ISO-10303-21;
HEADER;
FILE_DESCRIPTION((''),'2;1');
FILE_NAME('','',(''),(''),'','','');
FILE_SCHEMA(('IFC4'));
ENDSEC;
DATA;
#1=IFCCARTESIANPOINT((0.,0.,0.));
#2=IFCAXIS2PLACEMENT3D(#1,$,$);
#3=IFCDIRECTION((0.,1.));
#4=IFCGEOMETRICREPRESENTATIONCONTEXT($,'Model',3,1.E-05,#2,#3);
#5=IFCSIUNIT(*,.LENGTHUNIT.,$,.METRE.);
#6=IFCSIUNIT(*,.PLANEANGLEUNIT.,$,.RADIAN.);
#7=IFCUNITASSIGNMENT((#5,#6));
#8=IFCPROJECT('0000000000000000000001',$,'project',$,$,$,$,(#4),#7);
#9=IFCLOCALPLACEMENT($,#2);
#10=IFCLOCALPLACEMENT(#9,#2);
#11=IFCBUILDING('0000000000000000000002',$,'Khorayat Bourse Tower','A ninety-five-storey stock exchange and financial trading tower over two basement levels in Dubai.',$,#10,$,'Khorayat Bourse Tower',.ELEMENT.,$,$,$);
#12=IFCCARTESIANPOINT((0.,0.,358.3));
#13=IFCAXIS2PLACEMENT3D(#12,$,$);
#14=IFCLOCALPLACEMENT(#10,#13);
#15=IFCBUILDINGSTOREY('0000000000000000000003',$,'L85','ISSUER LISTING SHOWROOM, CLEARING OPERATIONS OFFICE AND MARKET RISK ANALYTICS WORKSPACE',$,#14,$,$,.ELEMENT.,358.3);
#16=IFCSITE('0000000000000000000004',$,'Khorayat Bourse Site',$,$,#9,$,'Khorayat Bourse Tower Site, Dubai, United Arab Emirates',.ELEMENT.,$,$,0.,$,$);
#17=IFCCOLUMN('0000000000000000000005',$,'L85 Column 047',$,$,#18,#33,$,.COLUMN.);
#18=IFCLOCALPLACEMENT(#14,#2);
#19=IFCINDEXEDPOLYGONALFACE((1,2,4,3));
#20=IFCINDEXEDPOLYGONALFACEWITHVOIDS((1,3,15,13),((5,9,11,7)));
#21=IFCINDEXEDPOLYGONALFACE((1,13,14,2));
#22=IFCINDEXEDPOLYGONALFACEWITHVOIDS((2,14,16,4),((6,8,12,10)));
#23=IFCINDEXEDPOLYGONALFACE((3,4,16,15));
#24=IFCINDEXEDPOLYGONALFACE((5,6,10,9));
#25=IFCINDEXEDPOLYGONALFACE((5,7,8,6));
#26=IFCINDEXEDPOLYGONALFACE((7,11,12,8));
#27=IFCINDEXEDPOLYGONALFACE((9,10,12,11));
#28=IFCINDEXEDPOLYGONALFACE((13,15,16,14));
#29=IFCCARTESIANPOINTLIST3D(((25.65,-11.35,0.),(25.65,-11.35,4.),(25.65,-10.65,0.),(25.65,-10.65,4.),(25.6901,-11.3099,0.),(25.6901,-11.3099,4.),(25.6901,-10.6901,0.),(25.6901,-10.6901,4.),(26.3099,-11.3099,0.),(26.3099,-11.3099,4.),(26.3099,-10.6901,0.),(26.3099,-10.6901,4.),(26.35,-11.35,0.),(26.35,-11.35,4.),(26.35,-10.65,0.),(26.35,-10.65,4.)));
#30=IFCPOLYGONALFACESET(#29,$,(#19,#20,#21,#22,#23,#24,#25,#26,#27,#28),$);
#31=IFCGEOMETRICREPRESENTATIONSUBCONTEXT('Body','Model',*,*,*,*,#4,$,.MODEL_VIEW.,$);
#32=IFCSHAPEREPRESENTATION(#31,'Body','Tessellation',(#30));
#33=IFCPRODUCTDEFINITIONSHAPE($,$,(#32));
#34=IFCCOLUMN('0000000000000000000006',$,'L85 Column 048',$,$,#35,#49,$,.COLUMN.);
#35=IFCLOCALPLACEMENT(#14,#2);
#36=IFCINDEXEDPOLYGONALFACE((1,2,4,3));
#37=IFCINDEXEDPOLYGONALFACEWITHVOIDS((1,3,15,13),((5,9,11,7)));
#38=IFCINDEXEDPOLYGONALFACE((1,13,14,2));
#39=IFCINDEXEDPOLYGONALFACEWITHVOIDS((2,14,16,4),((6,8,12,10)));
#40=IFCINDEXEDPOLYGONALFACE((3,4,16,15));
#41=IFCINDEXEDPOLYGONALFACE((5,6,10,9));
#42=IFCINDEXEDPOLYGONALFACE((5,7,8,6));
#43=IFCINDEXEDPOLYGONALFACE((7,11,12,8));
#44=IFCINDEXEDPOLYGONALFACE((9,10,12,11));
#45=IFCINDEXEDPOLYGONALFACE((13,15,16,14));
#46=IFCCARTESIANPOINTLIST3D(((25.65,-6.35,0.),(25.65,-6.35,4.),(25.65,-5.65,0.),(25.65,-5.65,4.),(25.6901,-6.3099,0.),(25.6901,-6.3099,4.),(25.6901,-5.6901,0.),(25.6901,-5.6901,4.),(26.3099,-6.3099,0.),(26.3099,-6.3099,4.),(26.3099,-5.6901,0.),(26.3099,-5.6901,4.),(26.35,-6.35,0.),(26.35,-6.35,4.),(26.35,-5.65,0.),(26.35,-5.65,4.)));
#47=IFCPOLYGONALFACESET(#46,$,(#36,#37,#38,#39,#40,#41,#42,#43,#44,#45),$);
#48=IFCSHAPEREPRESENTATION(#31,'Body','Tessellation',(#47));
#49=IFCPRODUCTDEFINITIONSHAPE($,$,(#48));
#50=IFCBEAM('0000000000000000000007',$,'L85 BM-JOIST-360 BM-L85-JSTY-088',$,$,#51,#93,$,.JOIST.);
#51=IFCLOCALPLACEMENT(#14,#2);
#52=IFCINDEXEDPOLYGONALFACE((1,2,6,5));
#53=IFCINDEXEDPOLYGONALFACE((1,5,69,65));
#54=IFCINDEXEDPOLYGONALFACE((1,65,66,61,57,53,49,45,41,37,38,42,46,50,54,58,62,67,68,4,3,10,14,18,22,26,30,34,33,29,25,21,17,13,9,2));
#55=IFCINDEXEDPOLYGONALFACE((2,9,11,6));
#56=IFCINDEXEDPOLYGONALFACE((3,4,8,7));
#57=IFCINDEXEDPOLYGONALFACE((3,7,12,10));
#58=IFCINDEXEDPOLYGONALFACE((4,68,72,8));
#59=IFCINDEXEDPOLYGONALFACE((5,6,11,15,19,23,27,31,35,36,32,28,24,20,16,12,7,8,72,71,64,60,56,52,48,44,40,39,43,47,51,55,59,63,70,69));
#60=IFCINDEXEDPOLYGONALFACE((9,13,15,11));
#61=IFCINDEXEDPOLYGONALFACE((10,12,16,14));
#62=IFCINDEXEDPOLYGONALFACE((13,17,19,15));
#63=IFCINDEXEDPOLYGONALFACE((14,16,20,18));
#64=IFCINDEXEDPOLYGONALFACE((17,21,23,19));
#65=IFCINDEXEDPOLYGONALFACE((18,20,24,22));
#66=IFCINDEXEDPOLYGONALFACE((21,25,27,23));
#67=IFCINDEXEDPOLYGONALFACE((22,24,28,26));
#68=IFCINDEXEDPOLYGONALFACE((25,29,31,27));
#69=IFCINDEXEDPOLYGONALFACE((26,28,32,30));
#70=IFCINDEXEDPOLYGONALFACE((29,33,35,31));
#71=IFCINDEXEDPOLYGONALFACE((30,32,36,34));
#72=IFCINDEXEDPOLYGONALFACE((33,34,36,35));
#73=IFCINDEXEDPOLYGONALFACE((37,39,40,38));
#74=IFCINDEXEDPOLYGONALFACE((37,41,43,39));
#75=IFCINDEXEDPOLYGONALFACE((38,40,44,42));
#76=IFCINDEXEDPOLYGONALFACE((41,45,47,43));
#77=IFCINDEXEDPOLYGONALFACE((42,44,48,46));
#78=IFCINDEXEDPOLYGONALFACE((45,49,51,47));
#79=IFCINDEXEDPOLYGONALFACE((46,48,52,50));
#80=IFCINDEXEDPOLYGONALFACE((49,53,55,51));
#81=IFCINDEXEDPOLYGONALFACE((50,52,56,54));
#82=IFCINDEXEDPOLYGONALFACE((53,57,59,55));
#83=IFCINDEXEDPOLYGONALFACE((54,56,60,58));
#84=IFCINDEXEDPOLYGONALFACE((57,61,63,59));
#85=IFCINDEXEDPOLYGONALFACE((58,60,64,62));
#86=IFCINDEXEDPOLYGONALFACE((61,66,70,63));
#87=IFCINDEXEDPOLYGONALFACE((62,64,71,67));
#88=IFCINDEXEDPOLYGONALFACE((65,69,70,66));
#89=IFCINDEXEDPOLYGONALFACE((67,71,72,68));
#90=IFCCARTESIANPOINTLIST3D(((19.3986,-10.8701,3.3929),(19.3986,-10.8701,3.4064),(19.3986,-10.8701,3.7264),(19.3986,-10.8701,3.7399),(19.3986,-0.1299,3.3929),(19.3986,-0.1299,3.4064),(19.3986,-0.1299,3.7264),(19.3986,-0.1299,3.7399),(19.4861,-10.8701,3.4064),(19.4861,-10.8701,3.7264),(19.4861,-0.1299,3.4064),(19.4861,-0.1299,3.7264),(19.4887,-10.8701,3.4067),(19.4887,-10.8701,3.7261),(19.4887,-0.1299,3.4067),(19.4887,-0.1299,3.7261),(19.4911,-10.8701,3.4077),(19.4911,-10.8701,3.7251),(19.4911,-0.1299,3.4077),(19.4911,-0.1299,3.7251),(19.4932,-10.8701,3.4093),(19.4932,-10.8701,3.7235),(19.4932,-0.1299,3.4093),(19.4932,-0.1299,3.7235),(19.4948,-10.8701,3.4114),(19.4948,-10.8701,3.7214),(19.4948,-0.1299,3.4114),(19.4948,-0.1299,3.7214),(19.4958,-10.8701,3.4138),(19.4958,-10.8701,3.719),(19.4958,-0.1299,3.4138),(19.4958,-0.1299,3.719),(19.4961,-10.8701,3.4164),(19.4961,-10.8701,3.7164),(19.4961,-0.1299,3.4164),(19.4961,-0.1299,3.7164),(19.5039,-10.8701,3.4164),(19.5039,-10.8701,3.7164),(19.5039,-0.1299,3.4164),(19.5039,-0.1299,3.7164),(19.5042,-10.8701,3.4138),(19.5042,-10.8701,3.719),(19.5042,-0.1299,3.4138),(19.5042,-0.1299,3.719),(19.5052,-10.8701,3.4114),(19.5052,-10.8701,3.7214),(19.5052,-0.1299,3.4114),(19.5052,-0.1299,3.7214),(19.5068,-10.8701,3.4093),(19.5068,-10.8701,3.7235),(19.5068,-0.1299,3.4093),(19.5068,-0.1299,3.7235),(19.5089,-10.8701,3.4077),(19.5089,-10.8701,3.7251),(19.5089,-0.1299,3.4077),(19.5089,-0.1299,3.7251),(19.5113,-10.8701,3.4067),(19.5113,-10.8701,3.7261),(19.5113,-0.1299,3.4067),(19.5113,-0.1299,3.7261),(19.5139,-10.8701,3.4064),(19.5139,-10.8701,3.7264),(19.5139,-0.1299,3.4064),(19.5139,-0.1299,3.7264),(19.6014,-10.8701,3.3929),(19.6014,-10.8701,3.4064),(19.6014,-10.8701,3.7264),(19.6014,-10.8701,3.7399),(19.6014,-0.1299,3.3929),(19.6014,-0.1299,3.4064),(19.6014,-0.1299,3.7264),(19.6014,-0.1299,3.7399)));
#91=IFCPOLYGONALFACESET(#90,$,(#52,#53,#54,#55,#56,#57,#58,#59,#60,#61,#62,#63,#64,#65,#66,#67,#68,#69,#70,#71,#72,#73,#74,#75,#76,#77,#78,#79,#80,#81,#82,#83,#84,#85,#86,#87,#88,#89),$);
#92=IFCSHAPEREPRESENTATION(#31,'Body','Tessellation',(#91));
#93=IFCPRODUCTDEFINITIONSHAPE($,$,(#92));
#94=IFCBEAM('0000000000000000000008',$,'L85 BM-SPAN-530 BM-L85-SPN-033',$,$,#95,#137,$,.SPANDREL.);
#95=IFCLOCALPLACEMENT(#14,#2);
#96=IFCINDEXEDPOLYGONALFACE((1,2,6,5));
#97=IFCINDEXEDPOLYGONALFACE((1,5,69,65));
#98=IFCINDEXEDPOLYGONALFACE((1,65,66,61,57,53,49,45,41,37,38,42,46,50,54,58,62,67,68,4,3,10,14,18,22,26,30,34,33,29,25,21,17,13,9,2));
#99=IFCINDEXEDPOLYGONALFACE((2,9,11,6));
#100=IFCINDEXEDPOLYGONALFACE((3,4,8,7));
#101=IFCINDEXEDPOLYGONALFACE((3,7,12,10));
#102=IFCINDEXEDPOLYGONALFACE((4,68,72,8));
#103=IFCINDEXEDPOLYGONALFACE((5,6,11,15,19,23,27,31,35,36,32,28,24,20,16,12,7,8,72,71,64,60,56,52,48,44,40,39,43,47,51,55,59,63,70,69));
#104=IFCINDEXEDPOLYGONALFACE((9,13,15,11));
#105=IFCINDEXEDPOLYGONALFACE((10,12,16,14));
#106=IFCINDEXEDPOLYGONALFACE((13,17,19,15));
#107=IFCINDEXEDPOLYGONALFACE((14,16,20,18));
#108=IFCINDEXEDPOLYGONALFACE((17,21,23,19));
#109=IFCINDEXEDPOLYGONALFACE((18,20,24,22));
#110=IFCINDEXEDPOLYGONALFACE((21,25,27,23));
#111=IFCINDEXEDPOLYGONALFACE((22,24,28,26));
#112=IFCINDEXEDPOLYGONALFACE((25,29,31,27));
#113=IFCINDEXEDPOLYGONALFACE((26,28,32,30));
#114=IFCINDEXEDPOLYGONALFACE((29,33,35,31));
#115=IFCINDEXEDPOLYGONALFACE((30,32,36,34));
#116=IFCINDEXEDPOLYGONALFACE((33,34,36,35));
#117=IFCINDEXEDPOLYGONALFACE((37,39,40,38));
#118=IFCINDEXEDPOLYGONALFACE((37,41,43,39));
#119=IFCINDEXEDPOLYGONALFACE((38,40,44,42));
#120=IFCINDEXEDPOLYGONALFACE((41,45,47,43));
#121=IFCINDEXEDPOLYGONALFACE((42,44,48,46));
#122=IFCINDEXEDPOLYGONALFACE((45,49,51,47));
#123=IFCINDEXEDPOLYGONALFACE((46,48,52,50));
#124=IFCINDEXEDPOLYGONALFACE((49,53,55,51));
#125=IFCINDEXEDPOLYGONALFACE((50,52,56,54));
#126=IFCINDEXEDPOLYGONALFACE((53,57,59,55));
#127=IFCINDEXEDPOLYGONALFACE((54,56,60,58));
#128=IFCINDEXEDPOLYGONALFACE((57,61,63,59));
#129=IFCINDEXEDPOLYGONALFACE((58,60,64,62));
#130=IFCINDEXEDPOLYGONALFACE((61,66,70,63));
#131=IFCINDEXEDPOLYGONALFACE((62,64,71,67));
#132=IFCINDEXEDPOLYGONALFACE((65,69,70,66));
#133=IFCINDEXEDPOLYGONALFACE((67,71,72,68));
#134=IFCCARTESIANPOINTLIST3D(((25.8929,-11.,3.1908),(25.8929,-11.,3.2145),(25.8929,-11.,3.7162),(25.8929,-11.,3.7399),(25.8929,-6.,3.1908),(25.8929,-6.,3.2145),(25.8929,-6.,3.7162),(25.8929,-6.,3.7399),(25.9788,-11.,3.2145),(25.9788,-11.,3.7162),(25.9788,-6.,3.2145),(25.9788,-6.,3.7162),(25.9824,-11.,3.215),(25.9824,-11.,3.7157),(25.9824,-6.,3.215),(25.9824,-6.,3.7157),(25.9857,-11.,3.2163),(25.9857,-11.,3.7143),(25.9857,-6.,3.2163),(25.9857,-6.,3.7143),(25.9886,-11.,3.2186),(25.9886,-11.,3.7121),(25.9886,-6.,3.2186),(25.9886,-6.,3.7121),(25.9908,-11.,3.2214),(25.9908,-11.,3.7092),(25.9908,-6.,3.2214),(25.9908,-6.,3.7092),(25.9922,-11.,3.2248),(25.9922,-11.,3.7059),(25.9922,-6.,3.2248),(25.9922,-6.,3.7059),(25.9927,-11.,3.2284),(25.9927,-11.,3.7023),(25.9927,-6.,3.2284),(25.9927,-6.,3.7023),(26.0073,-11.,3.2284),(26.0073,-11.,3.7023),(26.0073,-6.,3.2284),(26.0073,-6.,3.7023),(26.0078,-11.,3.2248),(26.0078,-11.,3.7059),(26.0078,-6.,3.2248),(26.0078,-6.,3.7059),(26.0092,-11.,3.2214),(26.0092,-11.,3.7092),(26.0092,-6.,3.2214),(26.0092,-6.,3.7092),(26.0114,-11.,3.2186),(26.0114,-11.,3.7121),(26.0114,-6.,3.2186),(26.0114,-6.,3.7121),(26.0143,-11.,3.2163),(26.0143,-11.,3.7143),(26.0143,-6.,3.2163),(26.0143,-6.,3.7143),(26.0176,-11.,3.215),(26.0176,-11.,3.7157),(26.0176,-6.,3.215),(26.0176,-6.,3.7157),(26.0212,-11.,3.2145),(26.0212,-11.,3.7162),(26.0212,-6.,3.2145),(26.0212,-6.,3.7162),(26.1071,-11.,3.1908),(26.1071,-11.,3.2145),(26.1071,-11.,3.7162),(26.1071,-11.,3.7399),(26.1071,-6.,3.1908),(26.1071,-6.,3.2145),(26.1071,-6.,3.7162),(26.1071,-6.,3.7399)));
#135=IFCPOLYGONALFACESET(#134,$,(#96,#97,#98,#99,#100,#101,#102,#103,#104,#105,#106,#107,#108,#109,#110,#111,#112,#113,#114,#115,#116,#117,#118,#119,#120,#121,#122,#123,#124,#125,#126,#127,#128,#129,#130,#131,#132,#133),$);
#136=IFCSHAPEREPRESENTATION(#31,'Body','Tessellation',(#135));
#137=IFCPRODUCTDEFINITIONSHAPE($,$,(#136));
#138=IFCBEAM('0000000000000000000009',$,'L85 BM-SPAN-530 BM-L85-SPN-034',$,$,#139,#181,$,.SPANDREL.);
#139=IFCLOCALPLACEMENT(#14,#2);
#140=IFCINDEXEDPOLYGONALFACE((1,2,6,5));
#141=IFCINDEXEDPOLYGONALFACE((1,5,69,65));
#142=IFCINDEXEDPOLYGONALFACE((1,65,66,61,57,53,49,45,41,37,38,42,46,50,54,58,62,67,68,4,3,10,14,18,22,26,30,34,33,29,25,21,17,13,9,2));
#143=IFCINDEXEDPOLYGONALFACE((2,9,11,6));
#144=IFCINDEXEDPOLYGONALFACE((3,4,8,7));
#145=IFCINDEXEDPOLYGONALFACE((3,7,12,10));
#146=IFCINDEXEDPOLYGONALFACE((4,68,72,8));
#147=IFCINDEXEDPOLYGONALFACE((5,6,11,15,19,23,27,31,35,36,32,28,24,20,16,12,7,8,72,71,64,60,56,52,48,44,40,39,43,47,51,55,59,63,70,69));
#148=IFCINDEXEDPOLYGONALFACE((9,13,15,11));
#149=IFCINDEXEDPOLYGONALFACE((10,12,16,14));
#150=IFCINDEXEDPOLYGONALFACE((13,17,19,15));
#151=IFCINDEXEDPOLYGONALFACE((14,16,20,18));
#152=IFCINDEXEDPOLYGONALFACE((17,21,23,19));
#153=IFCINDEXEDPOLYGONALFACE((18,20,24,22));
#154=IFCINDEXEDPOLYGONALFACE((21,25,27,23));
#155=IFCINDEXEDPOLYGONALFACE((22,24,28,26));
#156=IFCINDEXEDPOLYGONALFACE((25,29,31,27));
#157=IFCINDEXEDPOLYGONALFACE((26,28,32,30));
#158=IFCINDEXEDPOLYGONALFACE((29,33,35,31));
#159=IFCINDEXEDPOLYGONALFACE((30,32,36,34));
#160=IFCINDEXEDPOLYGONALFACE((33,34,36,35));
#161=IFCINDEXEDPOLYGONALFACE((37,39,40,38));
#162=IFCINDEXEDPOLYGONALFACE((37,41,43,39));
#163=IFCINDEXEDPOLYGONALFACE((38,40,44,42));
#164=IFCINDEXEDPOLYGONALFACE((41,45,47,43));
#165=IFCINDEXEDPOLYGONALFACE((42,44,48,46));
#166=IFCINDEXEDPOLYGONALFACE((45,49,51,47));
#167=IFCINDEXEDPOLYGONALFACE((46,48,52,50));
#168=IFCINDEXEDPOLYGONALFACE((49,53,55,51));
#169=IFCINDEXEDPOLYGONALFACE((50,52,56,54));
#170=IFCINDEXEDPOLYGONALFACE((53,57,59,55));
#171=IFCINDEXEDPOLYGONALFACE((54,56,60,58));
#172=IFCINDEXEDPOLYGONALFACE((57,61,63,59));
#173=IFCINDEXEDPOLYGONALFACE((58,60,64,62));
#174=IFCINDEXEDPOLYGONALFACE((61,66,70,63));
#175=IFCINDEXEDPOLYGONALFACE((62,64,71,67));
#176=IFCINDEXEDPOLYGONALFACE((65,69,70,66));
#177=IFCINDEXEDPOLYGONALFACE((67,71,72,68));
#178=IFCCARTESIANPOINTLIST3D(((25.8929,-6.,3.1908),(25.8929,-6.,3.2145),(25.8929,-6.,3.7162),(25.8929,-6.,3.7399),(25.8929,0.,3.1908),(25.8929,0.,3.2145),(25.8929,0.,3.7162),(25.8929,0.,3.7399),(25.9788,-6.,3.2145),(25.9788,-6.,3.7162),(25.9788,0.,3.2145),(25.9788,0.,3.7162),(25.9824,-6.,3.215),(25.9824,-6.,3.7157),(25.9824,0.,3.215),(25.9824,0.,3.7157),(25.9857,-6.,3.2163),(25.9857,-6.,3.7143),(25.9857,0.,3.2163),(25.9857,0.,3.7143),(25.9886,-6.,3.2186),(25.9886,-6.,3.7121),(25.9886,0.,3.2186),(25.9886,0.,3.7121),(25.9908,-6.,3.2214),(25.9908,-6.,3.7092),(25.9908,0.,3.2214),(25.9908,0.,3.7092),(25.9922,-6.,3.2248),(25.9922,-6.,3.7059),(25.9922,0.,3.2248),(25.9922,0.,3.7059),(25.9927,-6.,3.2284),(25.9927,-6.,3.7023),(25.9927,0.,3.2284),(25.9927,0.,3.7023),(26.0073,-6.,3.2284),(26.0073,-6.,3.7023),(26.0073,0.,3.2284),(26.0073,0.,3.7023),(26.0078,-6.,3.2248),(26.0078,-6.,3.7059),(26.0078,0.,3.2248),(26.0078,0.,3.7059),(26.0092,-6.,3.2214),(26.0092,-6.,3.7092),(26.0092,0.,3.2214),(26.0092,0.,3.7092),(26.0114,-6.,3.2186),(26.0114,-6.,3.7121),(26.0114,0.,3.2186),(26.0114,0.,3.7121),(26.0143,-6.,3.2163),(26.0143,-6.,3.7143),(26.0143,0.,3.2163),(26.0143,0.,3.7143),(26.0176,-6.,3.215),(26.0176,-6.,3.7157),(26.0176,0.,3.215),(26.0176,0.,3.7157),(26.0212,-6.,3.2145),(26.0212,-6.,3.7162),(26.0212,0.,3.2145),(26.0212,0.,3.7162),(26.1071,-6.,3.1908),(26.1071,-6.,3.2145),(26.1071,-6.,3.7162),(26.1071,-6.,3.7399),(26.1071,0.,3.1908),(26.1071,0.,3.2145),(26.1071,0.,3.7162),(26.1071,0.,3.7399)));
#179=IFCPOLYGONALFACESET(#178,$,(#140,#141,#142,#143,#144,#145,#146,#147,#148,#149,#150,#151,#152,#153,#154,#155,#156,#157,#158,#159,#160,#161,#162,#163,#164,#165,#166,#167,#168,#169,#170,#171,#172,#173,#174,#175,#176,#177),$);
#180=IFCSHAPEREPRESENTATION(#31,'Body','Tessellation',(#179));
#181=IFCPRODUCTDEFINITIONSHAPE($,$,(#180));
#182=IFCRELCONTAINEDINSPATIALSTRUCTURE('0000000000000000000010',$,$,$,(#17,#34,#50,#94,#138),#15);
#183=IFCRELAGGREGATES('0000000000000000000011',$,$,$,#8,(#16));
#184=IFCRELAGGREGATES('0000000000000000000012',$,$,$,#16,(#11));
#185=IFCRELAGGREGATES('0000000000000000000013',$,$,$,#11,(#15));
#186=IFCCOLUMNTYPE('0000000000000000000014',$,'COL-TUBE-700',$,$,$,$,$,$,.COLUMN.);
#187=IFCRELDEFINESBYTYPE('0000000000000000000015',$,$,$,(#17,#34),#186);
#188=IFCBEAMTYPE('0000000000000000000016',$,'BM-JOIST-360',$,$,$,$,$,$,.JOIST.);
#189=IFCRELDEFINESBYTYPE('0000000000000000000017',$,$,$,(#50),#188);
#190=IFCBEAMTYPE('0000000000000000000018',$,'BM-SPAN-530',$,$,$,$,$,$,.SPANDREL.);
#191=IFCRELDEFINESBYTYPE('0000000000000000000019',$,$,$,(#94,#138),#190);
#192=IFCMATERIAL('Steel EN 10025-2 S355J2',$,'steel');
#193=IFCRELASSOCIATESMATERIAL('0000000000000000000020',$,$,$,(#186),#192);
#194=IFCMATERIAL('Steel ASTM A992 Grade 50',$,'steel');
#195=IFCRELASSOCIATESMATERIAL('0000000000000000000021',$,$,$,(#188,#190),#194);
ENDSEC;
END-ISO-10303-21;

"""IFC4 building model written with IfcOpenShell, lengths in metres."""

from ifc_helpers import new_model, si_unit, direction, frame, origin, origin_2d, place, context, subcontext, project, spatial, hollow_rectangle, i_section, extrude, source, transform, mapped, material, material_profile, profile_set, type_object, element, save


model = new_model("IFC4")

# Units and contexts
model_context = context("Model", 3, precision=1e-05, world=origin(), true_north=direction((0.0, 1.0)))
body_context = subcontext(model_context, "Body", "Model", "MODEL_VIEW")
ifc_project = project(units=[si_unit("LENGTHUNIT", "METRE"), si_unit("PLANEANGLEUNIT", "RADIAN")], contexts=[model_context])

# Site, building, storey
site_placement = place(None, origin())
site = spatial("IfcSite", under=ifc_project, at=site_placement, Name="Khorayat Bourse Site", LongName="Khorayat Bourse Tower Site, Dubai, United Arab Emirates", CompositionType="ELEMENT", RefElevation=0.0)
building_placement = place(site_placement, origin())
building = spatial("IfcBuilding", under=site, at=building_placement, Name="Khorayat Bourse Tower", Description="A ninety-five-storey stock exchange and financial trading tower over two basement levels in Dubai.", LongName="Khorayat Bourse Tower", CompositionType="ELEMENT")
storey_placement = place(building_placement, frame((0.0, 0.0, 358.3)))
storey = spatial("IfcBuildingStorey", under=building, at=storey_placement, Name="L85", Description="ISSUER LISTING SHOWROOM, CLEARING OPERATIONS OFFICE AND MARKET RISK ANALYTICS WORKSPACE", CompositionType="ELEMENT", Elevation=358.3)

# Columns
ifc_material_1 = material(Name="Steel EN 10025-2 S355J2", Category="steel")
ifc_material_profile_1 = material_profile(ifc_material_1, hollow_rectangle(XDim=0.7, YDim=0.7, WallThickness=0.04, at=origin_2d()), Name="BOX 700x700x40")
ifc_profile_set_1 = profile_set([ifc_material_profile_1], Name="Steel EN 10025-2 S355J2")
column_type = type_object("IfcColumnType", Name="COL-TUBE-700", PredefinedType="COLUMN", material=ifc_profile_set_1)
shared_shape_1 = source(origin(), body_context, "Body", "SweptSolid", [
    extrude(hollow_rectangle(XDim=0.7, YDim=0.7, WallThickness=0.04, at=origin_2d()), origin(), (0.0, 0.0, 1.0), 4.0),
])
for number, where, z_axis, x_axis, name in (
    (1, (26.0, -11.0, 0.0), (0.0, 0.0, 1.0), (1.0, 0.0, 0.0), "L85 Column 047"),
    (2, (26.0, -6.0, 0.0), (0.0, 0.0, 1.0), (1.0, 0.0, 0.0), "L85 Column 048"),
):
    element("IfcColumn", number, at=place(storey_placement, frame(where, z_axis=z_axis, x_axis=x_axis)), inside=storey, type_object=column_type, Name=name, PredefinedType="COLUMN", context=body_context, shape_type="MappedRepresentation", body=[
        mapped(shared_shape_1, transform((0.0, 0.0, 0.0), scale=1.0)),
    ])

# Beams
ifc_material_2 = material(Name="Steel ASTM A992 Grade 50", Category="steel")
ifc_material_profile_2 = material_profile(ifc_material_2, i_section(OverallWidth=0.2029, OverallDepth=0.3469, WebThickness=0.0078, FlangeThickness=0.0134, FilletRadius=0.01, at=origin_2d()), Name="W360X64")
ifc_profile_set_2 = profile_set([ifc_material_profile_2], Name="Steel ASTM A992 Grade 50")
beam_type_1 = type_object("IfcBeamType", Name="BM-JOIST-360", PredefinedType="JOIST", material=ifc_profile_set_2)
shared_shape_2 = source(origin(), body_context, "Body", "SweptSolid", [
    extrude(i_section(OverallWidth=0.2029, OverallDepth=0.3469, WebThickness=0.0078, FlangeThickness=0.0134, FilletRadius=0.01, at=origin_2d()), origin(), (0.0, 0.0, 1.0), 10.7402),
])
beam_1_placement = place(storey_placement, frame((19.5, -10.8701, 3.5664), z_axis=(0.0, 1.0, 0.0), x_axis=(-1.0, 0.0, 0.0)))
element("IfcBeam", 3, at=beam_1_placement, inside=storey, type_object=beam_type_1, Name="L85 BM-JOIST-360 BM-L85-JSTY-088", PredefinedType="JOIST", context=body_context, shape_type="MappedRepresentation", body=[
    mapped(shared_shape_2, transform((0.0, 0.0, 0.0), scale=1.0)),
])
ifc_material_profile_3 = material_profile(ifc_material_2, i_section(OverallWidth=0.2141, OverallDepth=0.5491, WebThickness=0.0146, FlangeThickness=0.0237, FilletRadius=0.0139, at=origin_2d()), Name="W530X138")
ifc_profile_set_3 = profile_set([ifc_material_profile_3], Name="Steel ASTM A992 Grade 50")
beam_type_2 = type_object("IfcBeamType", Name="BM-SPAN-530", PredefinedType="SPANDREL", material=ifc_profile_set_3)
shared_shape_3 = source(origin(), body_context, "Body", "SweptSolid", [
    extrude(i_section(OverallWidth=0.2141, OverallDepth=0.5491, WebThickness=0.0146, FlangeThickness=0.0237, FilletRadius=0.0139, at=origin_2d()), origin(), (0.0, 0.0, 1.0), 5.0),
])
beam_2_placement = place(storey_placement, frame((26.0, -11.0, 3.4653), z_axis=(0.0, 1.0, 0.0), x_axis=(-1.0, 0.0, 0.0)))
element("IfcBeam", 4, at=beam_2_placement, inside=storey, type_object=beam_type_2, Name="L85 BM-SPAN-530 BM-L85-SPN-033", PredefinedType="SPANDREL", context=body_context, shape_type="MappedRepresentation", body=[
    mapped(shared_shape_3, transform((0.0, 0.0, 0.0), scale=1.0)),
])
shared_shape_4 = source(origin(), body_context, "Body", "SweptSolid", [
    extrude(i_section(OverallWidth=0.2141, OverallDepth=0.5491, WebThickness=0.0146, FlangeThickness=0.0237, FilletRadius=0.0139, at=origin_2d()), origin(), (0.0, 0.0, 1.0), 6.0),
])
beam_3_placement = place(storey_placement, frame((26.0, -6.0, 3.4653), z_axis=(0.0, 1.0, 0.0), x_axis=(-1.0, 0.0, 0.0)))
element("IfcBeam", 5, at=beam_3_placement, inside=storey, type_object=beam_type_2, Name="L85 BM-SPAN-530 BM-L85-SPN-034", PredefinedType="SPANDREL", context=body_context, shape_type="MappedRepresentation", body=[
    mapped(shared_shape_4, transform((0.0, 0.0, 0.0), scale=1.0)),
])

save(model, "model.ifc")
